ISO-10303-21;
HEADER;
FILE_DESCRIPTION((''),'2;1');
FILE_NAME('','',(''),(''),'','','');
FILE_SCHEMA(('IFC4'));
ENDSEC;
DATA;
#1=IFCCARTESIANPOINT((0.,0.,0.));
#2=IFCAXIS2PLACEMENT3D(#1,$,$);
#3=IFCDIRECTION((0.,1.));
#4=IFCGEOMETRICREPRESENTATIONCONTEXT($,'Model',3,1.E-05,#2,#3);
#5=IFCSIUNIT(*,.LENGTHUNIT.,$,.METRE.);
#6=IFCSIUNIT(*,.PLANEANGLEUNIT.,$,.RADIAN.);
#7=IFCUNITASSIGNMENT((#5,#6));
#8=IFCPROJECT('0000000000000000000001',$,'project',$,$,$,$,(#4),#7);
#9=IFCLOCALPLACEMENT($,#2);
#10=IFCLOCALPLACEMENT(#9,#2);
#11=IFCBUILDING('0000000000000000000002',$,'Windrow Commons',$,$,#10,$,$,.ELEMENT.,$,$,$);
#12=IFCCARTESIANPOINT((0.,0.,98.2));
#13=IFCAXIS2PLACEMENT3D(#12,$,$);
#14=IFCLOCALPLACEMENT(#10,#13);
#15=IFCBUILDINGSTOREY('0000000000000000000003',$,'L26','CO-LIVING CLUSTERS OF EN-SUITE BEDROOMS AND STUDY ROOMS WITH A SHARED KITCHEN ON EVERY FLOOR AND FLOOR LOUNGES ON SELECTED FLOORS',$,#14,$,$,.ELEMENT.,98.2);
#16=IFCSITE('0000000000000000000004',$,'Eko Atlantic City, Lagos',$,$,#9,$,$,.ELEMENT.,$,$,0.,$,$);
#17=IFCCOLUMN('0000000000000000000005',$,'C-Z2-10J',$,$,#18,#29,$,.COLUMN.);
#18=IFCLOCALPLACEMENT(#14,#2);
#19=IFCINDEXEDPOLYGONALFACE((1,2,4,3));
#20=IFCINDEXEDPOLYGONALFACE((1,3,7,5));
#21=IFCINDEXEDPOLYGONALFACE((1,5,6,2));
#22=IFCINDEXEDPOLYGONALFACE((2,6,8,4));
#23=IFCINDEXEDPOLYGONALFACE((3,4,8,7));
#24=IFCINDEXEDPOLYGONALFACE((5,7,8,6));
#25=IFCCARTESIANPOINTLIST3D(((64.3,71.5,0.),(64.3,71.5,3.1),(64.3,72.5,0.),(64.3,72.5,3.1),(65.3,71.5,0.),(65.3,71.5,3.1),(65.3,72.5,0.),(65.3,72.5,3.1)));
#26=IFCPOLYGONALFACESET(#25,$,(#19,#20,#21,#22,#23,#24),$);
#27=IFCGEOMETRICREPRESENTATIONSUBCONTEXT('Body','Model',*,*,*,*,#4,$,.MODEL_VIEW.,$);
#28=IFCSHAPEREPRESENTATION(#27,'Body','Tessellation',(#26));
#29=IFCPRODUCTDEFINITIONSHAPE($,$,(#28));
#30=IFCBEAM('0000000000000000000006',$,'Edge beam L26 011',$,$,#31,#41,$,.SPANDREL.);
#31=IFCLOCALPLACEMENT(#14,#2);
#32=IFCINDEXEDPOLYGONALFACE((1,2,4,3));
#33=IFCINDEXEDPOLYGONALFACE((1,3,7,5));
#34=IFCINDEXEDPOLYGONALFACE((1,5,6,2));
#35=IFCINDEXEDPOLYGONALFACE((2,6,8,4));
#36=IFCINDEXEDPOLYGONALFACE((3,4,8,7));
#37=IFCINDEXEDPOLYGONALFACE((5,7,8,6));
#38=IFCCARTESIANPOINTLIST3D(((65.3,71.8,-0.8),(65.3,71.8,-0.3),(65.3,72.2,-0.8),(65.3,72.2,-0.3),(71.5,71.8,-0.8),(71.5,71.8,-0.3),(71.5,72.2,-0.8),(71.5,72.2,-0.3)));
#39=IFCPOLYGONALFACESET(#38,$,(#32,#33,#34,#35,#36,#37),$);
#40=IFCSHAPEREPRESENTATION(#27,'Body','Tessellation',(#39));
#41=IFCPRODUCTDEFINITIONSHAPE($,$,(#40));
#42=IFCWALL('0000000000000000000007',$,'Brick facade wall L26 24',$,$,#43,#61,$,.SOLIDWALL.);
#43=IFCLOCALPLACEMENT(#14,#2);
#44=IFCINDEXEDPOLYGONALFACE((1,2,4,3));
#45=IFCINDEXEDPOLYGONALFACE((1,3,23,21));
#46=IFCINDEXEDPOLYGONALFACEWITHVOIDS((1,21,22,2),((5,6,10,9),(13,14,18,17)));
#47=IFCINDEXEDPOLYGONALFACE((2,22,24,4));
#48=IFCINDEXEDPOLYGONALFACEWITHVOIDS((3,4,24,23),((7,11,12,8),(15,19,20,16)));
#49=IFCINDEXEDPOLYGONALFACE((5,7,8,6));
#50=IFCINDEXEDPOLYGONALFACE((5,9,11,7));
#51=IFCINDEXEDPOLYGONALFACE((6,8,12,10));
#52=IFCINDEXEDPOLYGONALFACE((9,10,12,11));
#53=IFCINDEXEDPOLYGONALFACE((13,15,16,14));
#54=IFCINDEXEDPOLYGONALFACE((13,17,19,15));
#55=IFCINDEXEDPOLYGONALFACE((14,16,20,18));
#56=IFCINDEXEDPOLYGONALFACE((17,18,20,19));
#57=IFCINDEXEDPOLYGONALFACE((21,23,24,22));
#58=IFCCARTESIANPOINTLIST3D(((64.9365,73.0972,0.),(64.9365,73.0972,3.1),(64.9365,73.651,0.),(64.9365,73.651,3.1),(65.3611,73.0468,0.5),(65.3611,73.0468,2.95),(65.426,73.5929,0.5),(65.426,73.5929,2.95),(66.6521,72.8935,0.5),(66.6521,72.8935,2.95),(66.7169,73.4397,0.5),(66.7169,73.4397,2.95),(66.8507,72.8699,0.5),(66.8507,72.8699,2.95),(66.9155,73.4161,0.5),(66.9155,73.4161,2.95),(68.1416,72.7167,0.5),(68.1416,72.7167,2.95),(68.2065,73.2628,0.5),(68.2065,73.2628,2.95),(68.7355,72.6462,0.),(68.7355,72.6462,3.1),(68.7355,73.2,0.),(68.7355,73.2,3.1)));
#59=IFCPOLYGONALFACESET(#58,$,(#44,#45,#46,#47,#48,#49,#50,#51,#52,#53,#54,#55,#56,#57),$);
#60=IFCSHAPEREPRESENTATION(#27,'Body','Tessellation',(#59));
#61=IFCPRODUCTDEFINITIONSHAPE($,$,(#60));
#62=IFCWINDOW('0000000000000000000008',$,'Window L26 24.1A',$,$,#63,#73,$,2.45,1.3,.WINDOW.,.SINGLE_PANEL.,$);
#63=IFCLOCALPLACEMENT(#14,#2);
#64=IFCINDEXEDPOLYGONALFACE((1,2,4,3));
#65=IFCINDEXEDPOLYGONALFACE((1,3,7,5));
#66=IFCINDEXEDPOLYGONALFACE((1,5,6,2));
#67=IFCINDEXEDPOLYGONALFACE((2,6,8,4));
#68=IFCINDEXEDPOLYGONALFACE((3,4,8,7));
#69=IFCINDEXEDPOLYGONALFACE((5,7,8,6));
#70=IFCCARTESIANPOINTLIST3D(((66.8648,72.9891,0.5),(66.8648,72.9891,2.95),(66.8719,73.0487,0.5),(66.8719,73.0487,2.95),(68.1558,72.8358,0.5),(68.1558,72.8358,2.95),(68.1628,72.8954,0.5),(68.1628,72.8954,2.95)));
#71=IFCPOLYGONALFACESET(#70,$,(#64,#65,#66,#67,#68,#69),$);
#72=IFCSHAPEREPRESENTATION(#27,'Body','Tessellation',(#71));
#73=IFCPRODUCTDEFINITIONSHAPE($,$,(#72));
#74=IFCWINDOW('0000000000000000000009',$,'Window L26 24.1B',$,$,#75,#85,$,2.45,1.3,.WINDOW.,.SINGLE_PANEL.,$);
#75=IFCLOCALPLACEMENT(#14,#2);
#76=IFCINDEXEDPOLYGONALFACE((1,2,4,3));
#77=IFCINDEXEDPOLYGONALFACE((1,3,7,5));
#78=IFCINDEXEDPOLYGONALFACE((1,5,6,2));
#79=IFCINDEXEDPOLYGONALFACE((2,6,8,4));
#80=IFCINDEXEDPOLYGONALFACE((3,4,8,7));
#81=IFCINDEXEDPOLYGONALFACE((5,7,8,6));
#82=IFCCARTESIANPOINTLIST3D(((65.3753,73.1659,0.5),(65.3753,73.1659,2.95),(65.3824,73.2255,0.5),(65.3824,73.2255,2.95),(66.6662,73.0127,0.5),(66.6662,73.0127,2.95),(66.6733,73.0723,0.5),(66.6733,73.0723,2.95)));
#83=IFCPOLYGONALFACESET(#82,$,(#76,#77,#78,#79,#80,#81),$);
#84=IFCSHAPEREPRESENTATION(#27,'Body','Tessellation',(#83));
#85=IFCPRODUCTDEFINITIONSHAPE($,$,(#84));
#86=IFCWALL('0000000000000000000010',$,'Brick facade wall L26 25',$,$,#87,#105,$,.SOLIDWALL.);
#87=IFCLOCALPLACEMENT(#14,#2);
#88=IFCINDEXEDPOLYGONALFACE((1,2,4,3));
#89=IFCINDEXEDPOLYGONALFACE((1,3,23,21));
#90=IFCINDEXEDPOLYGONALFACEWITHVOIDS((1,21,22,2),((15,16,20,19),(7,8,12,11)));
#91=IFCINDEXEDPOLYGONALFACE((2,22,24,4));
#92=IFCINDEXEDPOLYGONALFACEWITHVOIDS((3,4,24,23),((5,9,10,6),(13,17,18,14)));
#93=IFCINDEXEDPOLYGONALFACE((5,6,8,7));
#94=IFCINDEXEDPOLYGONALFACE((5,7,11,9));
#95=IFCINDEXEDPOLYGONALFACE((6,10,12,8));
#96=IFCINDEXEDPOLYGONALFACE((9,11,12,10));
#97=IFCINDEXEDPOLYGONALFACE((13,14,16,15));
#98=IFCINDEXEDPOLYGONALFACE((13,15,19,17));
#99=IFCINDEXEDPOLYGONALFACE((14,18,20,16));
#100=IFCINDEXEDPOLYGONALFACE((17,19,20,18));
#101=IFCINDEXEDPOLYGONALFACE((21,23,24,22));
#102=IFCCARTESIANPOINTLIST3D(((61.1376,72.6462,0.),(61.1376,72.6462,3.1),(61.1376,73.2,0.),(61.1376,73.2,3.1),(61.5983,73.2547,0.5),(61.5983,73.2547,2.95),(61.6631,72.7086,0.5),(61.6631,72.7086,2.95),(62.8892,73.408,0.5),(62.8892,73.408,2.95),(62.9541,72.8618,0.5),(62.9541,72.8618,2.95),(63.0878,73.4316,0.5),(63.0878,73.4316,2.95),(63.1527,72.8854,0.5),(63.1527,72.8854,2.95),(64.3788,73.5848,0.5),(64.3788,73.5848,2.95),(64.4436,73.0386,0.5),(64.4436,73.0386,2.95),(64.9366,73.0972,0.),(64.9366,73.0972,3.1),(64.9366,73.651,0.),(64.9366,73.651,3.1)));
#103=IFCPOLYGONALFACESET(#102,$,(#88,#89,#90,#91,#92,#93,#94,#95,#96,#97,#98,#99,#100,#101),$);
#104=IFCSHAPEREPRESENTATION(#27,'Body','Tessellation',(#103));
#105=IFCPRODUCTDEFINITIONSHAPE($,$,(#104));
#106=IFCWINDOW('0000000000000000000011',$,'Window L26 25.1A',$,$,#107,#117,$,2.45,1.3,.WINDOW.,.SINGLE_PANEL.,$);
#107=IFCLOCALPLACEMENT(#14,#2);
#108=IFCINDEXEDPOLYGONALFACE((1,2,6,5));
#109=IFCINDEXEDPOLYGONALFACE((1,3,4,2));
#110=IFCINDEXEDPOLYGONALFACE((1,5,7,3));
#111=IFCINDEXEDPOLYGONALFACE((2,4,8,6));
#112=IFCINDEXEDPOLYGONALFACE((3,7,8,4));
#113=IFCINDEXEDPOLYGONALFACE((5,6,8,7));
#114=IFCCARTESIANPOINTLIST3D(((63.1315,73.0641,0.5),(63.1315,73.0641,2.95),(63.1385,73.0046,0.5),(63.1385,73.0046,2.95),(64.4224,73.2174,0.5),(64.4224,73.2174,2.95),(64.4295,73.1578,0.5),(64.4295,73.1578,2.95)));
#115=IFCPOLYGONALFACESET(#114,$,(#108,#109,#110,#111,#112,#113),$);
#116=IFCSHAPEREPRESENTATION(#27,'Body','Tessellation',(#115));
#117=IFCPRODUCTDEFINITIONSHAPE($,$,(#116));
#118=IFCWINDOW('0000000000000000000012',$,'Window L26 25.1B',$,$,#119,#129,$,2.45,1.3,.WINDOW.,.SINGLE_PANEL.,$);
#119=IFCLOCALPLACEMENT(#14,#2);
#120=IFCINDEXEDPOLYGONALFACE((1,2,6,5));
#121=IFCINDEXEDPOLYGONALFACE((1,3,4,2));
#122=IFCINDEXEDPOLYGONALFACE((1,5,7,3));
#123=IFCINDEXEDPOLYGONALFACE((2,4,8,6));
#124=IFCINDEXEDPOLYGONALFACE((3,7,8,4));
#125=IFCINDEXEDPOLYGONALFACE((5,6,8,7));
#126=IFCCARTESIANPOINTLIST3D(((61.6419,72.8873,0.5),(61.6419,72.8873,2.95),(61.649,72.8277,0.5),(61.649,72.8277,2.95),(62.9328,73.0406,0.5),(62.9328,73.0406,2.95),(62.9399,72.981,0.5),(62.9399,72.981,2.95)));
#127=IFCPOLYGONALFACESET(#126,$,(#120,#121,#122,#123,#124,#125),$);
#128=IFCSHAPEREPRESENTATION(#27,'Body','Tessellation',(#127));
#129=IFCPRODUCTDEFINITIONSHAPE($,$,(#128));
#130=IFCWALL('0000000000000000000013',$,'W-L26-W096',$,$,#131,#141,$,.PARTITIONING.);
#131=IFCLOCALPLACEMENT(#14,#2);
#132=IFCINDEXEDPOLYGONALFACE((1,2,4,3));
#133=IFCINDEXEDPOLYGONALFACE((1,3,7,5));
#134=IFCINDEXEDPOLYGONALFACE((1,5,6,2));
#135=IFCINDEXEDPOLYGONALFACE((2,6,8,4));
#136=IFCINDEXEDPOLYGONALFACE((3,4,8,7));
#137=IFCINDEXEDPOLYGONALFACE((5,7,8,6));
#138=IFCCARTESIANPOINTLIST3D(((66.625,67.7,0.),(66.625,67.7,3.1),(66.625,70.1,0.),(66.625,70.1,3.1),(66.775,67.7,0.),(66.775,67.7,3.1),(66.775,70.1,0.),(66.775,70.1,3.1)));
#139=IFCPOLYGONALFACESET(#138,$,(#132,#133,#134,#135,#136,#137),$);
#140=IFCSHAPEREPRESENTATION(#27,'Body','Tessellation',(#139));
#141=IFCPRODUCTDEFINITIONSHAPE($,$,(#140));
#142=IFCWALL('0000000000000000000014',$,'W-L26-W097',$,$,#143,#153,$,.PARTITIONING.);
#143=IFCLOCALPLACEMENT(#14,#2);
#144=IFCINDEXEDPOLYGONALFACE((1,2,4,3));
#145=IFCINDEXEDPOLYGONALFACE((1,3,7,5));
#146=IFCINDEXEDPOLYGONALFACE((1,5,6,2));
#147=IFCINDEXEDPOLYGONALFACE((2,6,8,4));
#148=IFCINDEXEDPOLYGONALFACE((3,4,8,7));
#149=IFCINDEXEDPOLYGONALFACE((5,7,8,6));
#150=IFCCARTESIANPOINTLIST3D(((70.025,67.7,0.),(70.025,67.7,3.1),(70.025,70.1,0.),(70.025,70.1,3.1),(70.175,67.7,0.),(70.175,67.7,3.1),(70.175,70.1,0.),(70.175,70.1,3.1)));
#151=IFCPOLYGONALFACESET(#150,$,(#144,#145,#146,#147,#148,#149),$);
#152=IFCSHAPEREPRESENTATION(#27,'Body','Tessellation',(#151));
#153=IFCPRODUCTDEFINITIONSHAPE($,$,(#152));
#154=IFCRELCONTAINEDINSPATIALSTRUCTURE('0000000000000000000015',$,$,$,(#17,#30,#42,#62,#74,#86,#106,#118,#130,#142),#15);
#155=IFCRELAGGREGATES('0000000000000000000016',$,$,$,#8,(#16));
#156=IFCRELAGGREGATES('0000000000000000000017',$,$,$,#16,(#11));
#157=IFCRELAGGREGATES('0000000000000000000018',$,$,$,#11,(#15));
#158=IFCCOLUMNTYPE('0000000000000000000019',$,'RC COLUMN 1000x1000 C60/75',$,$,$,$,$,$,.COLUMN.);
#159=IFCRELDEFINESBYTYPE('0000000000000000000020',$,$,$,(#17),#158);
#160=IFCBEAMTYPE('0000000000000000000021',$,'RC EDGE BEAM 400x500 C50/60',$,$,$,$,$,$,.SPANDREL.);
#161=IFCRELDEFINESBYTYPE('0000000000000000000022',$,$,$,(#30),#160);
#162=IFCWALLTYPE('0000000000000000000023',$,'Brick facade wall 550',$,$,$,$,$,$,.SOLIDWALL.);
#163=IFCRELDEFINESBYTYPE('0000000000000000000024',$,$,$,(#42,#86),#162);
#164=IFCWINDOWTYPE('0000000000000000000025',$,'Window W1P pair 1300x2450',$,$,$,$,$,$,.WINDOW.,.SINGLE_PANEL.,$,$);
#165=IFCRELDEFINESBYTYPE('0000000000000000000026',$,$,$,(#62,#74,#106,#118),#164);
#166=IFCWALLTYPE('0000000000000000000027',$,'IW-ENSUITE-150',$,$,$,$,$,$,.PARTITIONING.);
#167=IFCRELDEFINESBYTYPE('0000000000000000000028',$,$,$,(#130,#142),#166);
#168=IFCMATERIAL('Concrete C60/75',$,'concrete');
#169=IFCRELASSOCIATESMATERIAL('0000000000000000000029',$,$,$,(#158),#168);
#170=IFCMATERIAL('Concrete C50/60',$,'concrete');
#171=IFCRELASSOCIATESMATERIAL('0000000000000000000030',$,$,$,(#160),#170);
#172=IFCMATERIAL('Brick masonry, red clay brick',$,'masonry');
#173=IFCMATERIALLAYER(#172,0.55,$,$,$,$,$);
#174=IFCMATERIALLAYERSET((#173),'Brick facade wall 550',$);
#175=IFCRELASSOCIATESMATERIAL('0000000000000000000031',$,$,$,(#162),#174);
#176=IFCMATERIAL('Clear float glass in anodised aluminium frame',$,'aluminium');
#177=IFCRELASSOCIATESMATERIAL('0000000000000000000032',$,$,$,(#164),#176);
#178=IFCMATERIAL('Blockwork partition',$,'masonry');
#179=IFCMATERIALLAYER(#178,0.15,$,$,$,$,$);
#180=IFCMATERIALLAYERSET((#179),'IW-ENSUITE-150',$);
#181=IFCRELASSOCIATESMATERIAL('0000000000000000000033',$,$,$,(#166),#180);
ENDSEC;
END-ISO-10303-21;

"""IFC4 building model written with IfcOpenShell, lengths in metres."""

from ifc_helpers import new_model, si_unit, direction, frame, frame_2d, origin, origin_2d, place, context, subcontext, project, spatial, polyline, rectangle, outline, extrude, material, layer, layer_set, material_profile, profile_set, type_object, element, fill, save


model = new_model("IFC4")

# Units and contexts
model_context = context("Model", 3, precision=1e-05, world=origin(), true_north=direction((0.0, 1.0)))
body_context = subcontext(model_context, "Body", "Model", "MODEL_VIEW")
ifc_project = project(units=[si_unit("LENGTHUNIT", "METRE"), si_unit("PLANEANGLEUNIT", "RADIAN")], contexts=[model_context])

# Site, building, storey
site_placement = place(None, origin())
site = spatial("IfcSite", under=ifc_project, at=site_placement, Name="Eko Atlantic City, Lagos", CompositionType="ELEMENT", RefElevation=0.0)
building_placement = place(site_placement, origin())
building = spatial("IfcBuilding", under=site, at=building_placement, Name="Windrow Commons", CompositionType="ELEMENT")
storey_placement = place(building_placement, frame((0.0, 0.0, 98.2)))
storey = spatial("IfcBuildingStorey", under=building, at=storey_placement, Name="L26", Description="CO-LIVING CLUSTERS OF EN-SUITE BEDROOMS AND STUDY ROOMS WITH A SHARED KITCHEN ON EVERY FLOOR AND FLOOR LOUNGES ON SELECTED FLOORS", CompositionType="ELEMENT", Elevation=98.2)

# Column
ifc_material_1 = material(Name="Concrete C60/75", Category="concrete")
ifc_material_profile_1 = material_profile(ifc_material_1, rectangle(XDim=1.0, YDim=1.0, at=origin_2d()))
ifc_profile_set_1 = profile_set([ifc_material_profile_1], Name="Concrete C60/75")
column_type = type_object("IfcColumnType", Name="RC COLUMN 1000x1000 C60/75", PredefinedType="COLUMN", material=ifc_profile_set_1)
column_placement = place(storey_placement, frame((64.8, 72.0, 0.0), z_axis=(0.0, 0.0, 1.0), x_axis=(1.0, 0.0, 0.0)))
element("IfcColumn", 1, at=column_placement, inside=storey, type_object=column_type, Name="C-Z2-10J", PredefinedType="COLUMN", context=body_context, shape_type="SweptSolid", body=[
    extrude(rectangle(XDim=1.0, YDim=1.0, at=origin_2d()), origin(), (0.0, 0.0, 1.0), 3.1),
])

# Beam
ifc_material_2 = material(Name="Concrete C50/60", Category="concrete")
ifc_material_profile_2 = material_profile(ifc_material_2, rectangle(XDim=0.4, YDim=0.5, at=origin_2d()))
ifc_profile_set_2 = profile_set([ifc_material_profile_2], Name="Concrete C50/60")
beam_type = type_object("IfcBeamType", Name="RC EDGE BEAM 400x500 C50/60", PredefinedType="SPANDREL", material=ifc_profile_set_2)
beam_placement = place(storey_placement, frame((65.3, 72.0, -0.55), z_axis=(1.0, 0.0, 0.0), x_axis=(0.0, 1.0, 0.0)))
element("IfcBeam", 2, at=beam_placement, inside=storey, type_object=beam_type, Name="Edge beam L26 011", PredefinedType="SPANDREL", context=body_context, shape_type="SweptSolid", body=[
    extrude(rectangle(XDim=0.4, YDim=0.5, at=origin_2d()), origin(), (0.0, 0.0, 1.0), 6.2),
])

# Walls, openings, windows
ifc_material_3 = material(Name="Brick masonry, red clay brick", Category="masonry")
ifc_layer_1 = layer(ifc_material_3, 0.55)
ifc_layer_set_1 = layer_set([ifc_layer_1], Name="Brick facade wall 550")
wall_type_1 = type_object("IfcWallType", Name="Brick facade wall 550", PredefinedType="SOLIDWALL", material=ifc_layer_set_1)
wall_1_placement = place(storey_placement, frame((68.7355, 72.9231, 0.0), z_axis=(0.0, 0.0, 1.0), x_axis=(-0.993027, 0.117891, 0.0)))
wall_1 = element("IfcWall", 3, at=wall_1_placement, inside=storey, type_object=wall_type_1, Name="Brick facade wall L26 24", PredefinedType="SOLIDWALL", context=body_context, shape_type="SweptSolid", body=[
    extrude(outline(polyline([(0.0326, -0.275), (3.8583, -0.275), (3.793, 0.275), (-0.0326, 0.275), (0.0326, -0.275)])), origin(), (0.0, 0.0, 1.0), 3.1),
])
opening_1_placement = place(wall_1_placement, frame((0.5654, 0.0, 0.5)))
opening_1 = element("IfcOpeningElement", 4, at=opening_1_placement, cuts=wall_1, PredefinedType="OPENING", context=body_context, shape_type="SweptSolid", body=[
    extrude(rectangle(XDim=1.3, YDim=2.45, at=frame_2d((0.65, 1.225))), frame((0.0, 0.285, 0.0), z_axis=(0.0, -1.0, 0.0), x_axis=(1.0, 0.0, 0.0)), (0.0, 0.0, 1.0), 0.57),
])
opening_2_placement = place(wall_1_placement, frame((2.0654, 0.0, 0.5)))
opening_2 = element("IfcOpeningElement", 5, at=opening_2_placement, cuts=wall_1, PredefinedType="OPENING", context=body_context, shape_type="SweptSolid", body=[
    extrude(rectangle(XDim=1.3, YDim=2.45, at=frame_2d((0.65, 1.225))), frame((0.0, 0.285, 0.0), z_axis=(0.0, -1.0, 0.0), x_axis=(1.0, 0.0, 0.0)), (0.0, 0.0, 1.0), 0.57),
])
ifc_material_4 = material(Name="Clear float glass in anodised aluminium frame", Category="aluminium")
window_type = type_object("IfcWindowType", Name="Window W1P pair 1300x2450", PartitioningType="SINGLE_PANEL", PredefinedType="WINDOW", material=ifc_material_4)
window_1_placement = place(opening_1_placement, origin())
window_1 = element("IfcWindow", 6, at=window_1_placement, inside=storey, type_object=window_type, Name="Window L26 24.1A", OverallHeight=2.45, OverallWidth=1.3, PartitioningType="SINGLE_PANEL", PredefinedType="WINDOW", context=body_context, shape_type="SweptSolid", body=[
    extrude(rectangle(XDim=1.3, YDim=2.45, at=frame_2d((0.65, 1.225))), frame((0.0, 0.155, 0.0), z_axis=(0.0, -1.0, 0.0), x_axis=(1.0, 0.0, 0.0)), (0.0, 0.0, 1.0), 0.06),
])
fill(opening_1, window_1)
window_2_placement = place(opening_2_placement, origin())
window_2 = element("IfcWindow", 7, at=window_2_placement, inside=storey, type_object=window_type, Name="Window L26 24.1B", OverallHeight=2.45, OverallWidth=1.3, PartitioningType="SINGLE_PANEL", PredefinedType="WINDOW", context=body_context, shape_type="SweptSolid", body=[
    extrude(rectangle(XDim=1.3, YDim=2.45, at=frame_2d((0.65, 1.225))), frame((0.0, 0.155, 0.0), z_axis=(0.0, -1.0, 0.0), x_axis=(1.0, 0.0, 0.0)), (0.0, 0.0, 1.0), 0.06),
])
fill(opening_2, window_2)
wall_2_placement = place(storey_placement, frame((64.9366, 73.3741, 0.0), z_axis=(0.0, 0.0, 1.0), x_axis=(-0.993027, -0.117888, 0.0)))
wall_2 = element("IfcWall", 8, at=wall_2_placement, inside=storey, type_object=wall_type_1, Name="Brick facade wall L26 25", PredefinedType="SOLIDWALL", context=body_context, shape_type="SweptSolid", body=[
    extrude(outline(polyline([(-0.0326, -0.275), (3.793, -0.275), (3.8583, 0.275), (0.0326, 0.275), (-0.0326, -0.275)])), origin(), (0.0, 0.0, 1.0), 3.1),
])
opening_3_placement = place(wall_2_placement, frame((0.5291, 0.0, 0.5)))
opening_3 = element("IfcOpeningElement", 9, at=opening_3_placement, cuts=wall_2, PredefinedType="OPENING", context=body_context, shape_type="SweptSolid", body=[
    extrude(rectangle(XDim=1.3, YDim=2.45, at=frame_2d((0.65, 1.225))), frame((0.0, 0.285, 0.0), z_axis=(0.0, -1.0, 0.0), x_axis=(1.0, 0.0, 0.0)), (0.0, 0.0, 1.0), 0.57),
])
opening_4_placement = place(wall_2_placement, frame((2.0291, 0.0, 0.5)))
opening_4 = element("IfcOpeningElement", 10, at=opening_4_placement, cuts=wall_2, PredefinedType="OPENING", context=body_context, shape_type="SweptSolid", body=[
    extrude(rectangle(XDim=1.3, YDim=2.45, at=frame_2d((0.65, 1.225))), frame((0.0, 0.285, 0.0), z_axis=(0.0, -1.0, 0.0), x_axis=(1.0, 0.0, 0.0)), (0.0, 0.0, 1.0), 0.57),
])
window_3_placement = place(opening_3_placement, origin())
window_3 = element("IfcWindow", 11, at=window_3_placement, inside=storey, type_object=window_type, Name="Window L26 25.1A", OverallHeight=2.45, OverallWidth=1.3, PartitioningType="SINGLE_PANEL", PredefinedType="WINDOW", context=body_context, shape_type="SweptSolid", body=[
    extrude(rectangle(XDim=1.3, YDim=2.45, at=frame_2d((0.65, 1.225))), frame((0.0, 0.155, 0.0), z_axis=(0.0, -1.0, 0.0), x_axis=(1.0, 0.0, 0.0)), (0.0, 0.0, 1.0), 0.06),
])
fill(opening_3, window_3)
window_4_placement = place(opening_4_placement, origin())
window_4 = element("IfcWindow", 12, at=window_4_placement, inside=storey, type_object=window_type, Name="Window L26 25.1B", OverallHeight=2.45, OverallWidth=1.3, PartitioningType="SINGLE_PANEL", PredefinedType="WINDOW", context=body_context, shape_type="SweptSolid", body=[
    extrude(rectangle(XDim=1.3, YDim=2.45, at=frame_2d((0.65, 1.225))), frame((0.0, 0.155, 0.0), z_axis=(0.0, -1.0, 0.0), x_axis=(1.0, 0.0, 0.0)), (0.0, 0.0, 1.0), 0.06),
])
fill(opening_4, window_4)

# Walls
ifc_material_5 = material(Name="Blockwork partition", Category="masonry")
ifc_layer_2 = layer(ifc_material_5, 0.15)
ifc_layer_set_2 = layer_set([ifc_layer_2], Name="IW-ENSUITE-150")
wall_type_2 = type_object("IfcWallType", Name="IW-ENSUITE-150", PredefinedType="PARTITIONING", material=ifc_layer_set_2)
for number, where, z_axis, x_axis, name in (
    (13, (66.7, 67.7, 0.0), (0.0, 0.0, 1.0), (0.0, 1.0, 0.0), "W-L26-W096"),
    (14, (70.1, 67.7, 0.0), (0.0, 0.0, 1.0), (0.0, 1.0, 0.0), "W-L26-W097"),
):
    element("IfcWall", number, at=place(storey_placement, frame(where, z_axis=z_axis, x_axis=x_axis)), inside=storey, type_object=wall_type_2, Name=name, PredefinedType="PARTITIONING", context=body_context, shape_type="SweptSolid", body=[
        extrude(rectangle(XDim=2.4, YDim=0.15, at=frame_2d((1.2, 0.0))), origin(), (0.0, 0.0, 1.0), 3.1),
    ])

save(model, "model.ifc")
